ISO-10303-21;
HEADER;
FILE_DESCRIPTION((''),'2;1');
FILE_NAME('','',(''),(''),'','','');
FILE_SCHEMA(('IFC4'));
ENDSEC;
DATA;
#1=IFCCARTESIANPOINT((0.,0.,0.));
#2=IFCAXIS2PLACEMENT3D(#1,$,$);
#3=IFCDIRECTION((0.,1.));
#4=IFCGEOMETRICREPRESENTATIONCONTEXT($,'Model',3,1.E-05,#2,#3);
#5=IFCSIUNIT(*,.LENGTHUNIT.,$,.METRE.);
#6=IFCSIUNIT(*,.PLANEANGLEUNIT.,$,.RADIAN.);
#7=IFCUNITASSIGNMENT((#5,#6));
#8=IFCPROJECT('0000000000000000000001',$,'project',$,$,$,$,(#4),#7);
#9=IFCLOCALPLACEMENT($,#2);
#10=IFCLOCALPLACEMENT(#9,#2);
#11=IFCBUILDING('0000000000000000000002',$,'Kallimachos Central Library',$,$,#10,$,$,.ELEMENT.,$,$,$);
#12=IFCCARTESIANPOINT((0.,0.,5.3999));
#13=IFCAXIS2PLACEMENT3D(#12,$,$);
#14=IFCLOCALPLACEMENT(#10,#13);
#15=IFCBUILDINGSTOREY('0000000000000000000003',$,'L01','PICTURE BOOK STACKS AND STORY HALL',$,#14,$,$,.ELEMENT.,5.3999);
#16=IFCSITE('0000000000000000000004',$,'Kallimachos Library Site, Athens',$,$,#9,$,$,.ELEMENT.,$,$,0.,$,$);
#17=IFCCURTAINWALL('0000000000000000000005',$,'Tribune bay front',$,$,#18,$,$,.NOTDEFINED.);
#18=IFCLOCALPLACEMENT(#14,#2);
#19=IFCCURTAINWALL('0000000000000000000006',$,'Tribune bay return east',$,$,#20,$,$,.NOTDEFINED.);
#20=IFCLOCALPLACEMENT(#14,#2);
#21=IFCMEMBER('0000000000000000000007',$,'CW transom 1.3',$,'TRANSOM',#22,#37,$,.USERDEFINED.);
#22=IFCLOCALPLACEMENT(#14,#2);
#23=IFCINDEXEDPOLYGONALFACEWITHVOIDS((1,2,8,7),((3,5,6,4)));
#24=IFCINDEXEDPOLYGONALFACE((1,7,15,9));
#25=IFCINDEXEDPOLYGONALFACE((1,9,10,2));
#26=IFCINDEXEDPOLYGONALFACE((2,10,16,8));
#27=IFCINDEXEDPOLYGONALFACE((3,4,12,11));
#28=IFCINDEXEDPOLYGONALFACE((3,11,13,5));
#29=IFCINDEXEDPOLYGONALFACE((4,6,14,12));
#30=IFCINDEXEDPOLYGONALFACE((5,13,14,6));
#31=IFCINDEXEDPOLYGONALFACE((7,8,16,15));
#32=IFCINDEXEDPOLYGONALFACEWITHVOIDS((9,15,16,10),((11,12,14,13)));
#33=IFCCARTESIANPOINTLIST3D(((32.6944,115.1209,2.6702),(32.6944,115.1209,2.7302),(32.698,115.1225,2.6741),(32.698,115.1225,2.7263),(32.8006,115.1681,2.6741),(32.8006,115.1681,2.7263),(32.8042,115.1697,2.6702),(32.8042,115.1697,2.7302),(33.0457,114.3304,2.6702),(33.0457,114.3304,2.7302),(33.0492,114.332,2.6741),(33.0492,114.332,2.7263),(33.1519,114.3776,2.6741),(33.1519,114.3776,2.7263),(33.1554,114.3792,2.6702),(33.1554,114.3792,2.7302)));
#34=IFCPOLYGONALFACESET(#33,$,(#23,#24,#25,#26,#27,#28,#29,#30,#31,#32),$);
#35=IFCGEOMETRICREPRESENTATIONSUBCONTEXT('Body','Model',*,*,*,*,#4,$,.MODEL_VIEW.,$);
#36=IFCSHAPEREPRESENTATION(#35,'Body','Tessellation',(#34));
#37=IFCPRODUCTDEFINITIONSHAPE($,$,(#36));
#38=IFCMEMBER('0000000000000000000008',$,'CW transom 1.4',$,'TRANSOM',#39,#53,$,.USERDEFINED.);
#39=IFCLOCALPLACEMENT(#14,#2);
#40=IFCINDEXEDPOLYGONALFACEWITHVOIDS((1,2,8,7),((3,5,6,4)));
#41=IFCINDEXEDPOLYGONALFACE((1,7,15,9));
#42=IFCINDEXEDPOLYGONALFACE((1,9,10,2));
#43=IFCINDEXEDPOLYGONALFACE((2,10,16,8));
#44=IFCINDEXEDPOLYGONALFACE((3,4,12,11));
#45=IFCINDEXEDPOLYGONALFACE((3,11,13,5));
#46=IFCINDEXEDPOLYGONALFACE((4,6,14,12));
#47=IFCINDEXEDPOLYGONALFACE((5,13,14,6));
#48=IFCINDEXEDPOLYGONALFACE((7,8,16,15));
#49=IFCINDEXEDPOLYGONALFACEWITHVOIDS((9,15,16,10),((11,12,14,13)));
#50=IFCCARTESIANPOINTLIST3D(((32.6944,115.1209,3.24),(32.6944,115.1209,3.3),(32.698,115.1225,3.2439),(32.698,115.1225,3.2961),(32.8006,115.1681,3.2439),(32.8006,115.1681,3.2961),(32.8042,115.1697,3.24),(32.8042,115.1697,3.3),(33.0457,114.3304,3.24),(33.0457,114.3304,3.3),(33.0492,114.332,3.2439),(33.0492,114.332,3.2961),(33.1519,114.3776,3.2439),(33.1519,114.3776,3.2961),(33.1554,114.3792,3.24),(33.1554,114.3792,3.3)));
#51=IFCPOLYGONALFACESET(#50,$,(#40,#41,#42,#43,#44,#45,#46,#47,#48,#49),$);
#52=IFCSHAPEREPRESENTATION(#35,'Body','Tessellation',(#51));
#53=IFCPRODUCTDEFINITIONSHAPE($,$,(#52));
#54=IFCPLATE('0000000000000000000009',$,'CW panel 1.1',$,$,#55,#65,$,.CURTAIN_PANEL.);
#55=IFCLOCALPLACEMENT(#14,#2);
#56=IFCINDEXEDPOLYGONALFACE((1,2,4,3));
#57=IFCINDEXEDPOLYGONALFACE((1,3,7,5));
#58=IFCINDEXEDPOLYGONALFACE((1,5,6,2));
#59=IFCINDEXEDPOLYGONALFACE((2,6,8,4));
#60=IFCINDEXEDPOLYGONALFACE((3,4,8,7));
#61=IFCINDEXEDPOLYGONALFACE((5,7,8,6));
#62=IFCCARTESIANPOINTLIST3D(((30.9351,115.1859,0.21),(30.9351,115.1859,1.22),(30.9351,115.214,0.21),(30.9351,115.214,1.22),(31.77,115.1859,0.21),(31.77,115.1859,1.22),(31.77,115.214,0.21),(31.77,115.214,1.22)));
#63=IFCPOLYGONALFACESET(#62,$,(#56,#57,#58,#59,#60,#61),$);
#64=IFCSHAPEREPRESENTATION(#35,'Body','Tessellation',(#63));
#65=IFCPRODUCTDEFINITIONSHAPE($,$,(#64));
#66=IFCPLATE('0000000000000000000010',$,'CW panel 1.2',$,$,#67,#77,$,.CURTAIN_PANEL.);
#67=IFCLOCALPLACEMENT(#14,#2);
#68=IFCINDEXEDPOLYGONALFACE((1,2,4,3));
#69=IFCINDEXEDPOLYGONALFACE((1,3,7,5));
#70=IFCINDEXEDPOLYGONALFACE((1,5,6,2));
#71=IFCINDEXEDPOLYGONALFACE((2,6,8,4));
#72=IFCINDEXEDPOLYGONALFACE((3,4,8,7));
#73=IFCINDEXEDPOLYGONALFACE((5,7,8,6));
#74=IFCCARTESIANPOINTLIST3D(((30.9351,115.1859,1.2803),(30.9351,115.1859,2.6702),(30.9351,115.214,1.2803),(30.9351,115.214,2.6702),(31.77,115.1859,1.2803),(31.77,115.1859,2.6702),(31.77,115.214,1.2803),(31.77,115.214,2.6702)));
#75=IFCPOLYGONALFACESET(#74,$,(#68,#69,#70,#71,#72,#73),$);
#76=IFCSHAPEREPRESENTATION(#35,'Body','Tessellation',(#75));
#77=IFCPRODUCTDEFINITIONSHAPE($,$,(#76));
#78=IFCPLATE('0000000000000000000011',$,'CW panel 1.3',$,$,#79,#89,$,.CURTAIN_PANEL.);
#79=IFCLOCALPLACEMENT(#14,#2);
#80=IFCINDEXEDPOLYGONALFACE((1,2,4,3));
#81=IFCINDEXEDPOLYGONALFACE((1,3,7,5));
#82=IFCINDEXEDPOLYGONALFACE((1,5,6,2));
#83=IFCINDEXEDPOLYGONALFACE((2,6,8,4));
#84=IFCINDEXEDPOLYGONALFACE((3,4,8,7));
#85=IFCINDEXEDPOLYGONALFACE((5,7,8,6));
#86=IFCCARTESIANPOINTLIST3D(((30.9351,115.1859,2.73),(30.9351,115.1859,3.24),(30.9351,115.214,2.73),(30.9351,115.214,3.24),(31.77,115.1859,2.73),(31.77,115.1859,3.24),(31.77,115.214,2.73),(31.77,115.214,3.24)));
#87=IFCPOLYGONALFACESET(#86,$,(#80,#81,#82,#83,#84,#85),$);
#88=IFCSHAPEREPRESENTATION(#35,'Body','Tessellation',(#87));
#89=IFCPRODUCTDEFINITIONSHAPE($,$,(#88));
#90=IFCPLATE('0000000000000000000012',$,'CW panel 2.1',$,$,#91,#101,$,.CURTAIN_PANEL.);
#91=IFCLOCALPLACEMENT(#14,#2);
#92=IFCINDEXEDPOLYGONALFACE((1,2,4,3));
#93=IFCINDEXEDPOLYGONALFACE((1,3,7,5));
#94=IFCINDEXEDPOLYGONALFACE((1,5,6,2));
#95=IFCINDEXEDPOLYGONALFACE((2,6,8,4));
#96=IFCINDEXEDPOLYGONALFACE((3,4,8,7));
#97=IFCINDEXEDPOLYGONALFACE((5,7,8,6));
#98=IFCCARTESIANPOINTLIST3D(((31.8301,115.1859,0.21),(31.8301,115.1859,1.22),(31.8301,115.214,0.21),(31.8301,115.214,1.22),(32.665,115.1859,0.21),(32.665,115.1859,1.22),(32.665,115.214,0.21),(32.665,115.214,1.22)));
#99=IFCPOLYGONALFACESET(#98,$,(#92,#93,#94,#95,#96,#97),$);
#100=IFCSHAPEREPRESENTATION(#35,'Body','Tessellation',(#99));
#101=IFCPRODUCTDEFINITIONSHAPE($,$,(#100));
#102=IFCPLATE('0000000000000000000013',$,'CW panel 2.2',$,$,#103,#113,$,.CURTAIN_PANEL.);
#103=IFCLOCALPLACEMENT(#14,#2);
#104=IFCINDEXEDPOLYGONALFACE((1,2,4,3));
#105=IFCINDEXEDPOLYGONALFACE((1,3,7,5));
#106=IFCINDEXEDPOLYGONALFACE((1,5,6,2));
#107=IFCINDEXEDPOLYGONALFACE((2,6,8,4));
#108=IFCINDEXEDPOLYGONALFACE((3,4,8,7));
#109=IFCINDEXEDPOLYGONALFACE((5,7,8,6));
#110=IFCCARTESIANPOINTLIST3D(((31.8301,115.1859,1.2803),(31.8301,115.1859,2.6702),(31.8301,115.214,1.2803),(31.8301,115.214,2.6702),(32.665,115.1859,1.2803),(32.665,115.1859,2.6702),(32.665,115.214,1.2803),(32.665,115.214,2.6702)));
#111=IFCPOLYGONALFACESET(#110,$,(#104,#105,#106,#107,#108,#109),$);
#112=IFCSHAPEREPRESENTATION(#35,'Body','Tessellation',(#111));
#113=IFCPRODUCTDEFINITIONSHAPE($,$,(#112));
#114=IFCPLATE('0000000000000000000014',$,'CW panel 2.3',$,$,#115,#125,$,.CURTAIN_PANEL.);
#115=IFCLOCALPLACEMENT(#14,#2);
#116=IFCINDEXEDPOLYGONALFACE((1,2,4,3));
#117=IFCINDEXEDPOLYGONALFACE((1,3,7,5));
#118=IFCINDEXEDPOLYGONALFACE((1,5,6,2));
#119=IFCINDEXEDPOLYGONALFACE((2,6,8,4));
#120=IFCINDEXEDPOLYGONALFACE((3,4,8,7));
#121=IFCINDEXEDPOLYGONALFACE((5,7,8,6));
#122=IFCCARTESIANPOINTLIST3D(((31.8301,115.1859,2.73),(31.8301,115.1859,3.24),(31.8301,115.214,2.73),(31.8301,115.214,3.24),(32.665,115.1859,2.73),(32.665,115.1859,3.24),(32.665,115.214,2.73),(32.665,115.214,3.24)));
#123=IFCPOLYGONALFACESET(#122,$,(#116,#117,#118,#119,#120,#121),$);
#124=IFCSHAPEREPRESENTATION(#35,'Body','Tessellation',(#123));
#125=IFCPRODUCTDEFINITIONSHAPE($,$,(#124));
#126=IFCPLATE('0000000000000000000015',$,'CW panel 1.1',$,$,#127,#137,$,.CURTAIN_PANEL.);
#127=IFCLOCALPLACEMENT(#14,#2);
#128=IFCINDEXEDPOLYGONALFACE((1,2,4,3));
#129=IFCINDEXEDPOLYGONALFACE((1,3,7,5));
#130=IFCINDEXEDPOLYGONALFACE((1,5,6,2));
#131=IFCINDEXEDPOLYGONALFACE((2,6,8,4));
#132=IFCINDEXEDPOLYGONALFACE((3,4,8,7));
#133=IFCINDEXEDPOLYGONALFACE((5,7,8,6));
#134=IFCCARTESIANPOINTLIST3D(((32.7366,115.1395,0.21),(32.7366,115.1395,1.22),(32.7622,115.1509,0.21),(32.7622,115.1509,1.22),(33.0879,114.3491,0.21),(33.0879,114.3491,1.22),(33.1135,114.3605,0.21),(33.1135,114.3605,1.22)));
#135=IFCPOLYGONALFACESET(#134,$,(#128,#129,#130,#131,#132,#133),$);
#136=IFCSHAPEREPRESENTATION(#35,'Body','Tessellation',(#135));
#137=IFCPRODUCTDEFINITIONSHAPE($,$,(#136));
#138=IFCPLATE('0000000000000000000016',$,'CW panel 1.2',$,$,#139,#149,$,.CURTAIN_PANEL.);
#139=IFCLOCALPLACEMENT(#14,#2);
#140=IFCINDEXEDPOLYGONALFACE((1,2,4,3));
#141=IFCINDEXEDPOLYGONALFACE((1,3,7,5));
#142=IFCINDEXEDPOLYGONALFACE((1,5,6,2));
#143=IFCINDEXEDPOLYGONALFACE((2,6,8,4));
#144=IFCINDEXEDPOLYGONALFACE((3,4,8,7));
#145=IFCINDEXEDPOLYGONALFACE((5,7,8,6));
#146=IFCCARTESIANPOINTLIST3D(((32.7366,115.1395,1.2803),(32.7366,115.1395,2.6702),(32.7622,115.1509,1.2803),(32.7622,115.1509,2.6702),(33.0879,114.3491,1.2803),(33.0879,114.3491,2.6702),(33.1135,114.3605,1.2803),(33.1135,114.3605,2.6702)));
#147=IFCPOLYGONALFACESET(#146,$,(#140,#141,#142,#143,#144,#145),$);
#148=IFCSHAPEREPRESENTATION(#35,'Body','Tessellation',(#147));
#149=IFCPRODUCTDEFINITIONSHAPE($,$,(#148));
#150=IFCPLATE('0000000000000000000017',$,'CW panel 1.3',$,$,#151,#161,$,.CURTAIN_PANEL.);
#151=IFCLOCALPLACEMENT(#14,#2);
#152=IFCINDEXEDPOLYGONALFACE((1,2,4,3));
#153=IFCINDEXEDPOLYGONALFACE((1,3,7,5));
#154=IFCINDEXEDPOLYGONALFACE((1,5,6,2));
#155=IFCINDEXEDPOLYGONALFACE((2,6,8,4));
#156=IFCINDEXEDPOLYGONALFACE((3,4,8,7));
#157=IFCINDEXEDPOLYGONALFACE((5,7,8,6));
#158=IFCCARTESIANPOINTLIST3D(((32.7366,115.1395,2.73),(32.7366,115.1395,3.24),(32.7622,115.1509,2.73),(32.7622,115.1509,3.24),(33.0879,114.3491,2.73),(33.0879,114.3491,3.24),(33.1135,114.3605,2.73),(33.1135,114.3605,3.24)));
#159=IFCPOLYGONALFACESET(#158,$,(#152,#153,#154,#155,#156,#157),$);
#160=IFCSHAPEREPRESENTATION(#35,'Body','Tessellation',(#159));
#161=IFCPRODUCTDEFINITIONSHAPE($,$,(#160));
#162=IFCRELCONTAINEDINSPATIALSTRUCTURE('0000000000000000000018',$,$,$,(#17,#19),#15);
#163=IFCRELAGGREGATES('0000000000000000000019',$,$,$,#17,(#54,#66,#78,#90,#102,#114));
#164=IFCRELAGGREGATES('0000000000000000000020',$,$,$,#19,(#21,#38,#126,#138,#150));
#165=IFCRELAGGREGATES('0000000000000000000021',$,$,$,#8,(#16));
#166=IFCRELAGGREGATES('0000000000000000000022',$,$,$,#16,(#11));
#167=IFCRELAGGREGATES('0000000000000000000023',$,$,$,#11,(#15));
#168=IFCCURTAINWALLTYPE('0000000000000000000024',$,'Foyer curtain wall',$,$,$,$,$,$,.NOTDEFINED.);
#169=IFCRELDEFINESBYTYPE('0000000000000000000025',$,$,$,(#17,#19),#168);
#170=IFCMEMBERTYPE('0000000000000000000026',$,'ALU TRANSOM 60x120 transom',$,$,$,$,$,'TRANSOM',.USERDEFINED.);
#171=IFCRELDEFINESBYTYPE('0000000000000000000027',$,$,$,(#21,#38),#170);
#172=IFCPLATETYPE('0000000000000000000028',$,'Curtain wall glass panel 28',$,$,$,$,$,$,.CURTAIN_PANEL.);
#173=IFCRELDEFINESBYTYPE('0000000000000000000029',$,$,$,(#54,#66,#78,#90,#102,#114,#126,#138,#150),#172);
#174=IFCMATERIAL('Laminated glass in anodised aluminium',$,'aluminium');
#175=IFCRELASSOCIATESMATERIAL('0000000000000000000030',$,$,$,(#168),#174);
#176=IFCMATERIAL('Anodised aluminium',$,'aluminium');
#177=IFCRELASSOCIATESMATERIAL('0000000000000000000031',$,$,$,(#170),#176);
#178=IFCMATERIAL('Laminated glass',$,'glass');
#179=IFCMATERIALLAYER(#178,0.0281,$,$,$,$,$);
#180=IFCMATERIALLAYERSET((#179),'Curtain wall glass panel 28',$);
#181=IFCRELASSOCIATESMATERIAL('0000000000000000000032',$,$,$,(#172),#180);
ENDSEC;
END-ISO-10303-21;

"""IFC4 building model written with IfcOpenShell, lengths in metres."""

from ifc_helpers import new_model, si_unit, direction, frame, origin, origin_2d, place, context, subcontext, project, spatial, rectangle, hollow_rectangle, extrude, material, layer, layer_set, material_profile, profile_set, type_object, element, aggregate, save


model = new_model("IFC4")

# Units and contexts
model_context = context("Model", 3, precision=1e-05, world=origin(), true_north=direction((0.0, 1.0)))
body_context = subcontext(model_context, "Body", "Model", "MODEL_VIEW")
ifc_project = project(units=[si_unit("LENGTHUNIT", "METRE"), si_unit("PLANEANGLEUNIT", "RADIAN")], contexts=[model_context])

# Site, building, storey
site_placement = place(None, origin())
site = spatial("IfcSite", under=ifc_project, at=site_placement, Name="Kallimachos Library Site, Athens", CompositionType="ELEMENT", RefElevation=0.0)
building_placement = place(site_placement, origin())
building = spatial("IfcBuilding", under=site, at=building_placement, Name="Kallimachos Central Library", CompositionType="ELEMENT")
storey_placement = place(building_placement, frame((0.0, 0.0, 5.3999)))
storey = spatial("IfcBuildingStorey", under=building, at=storey_placement, Name="L01", Description="PICTURE BOOK STACKS AND STORY HALL", CompositionType="ELEMENT", Elevation=5.3999)

# Curtain wall
ifc_material_1 = material(Name="Laminated glass in anodised aluminium", Category="aluminium")
curtain_wall_type = type_object("IfcCurtainWallType", Name="Foyer curtain wall", PredefinedType="NOTDEFINED", material=ifc_material_1)
curtain_wall_1_placement = place(storey_placement, origin())
curtain_wall_1 = element("IfcCurtainWall", 1, at=curtain_wall_1_placement, inside=storey, type_object=curtain_wall_type, Name="Tribune bay front", PredefinedType="NOTDEFINED")

# Curtain wall
curtain_wall_2_placement = place(storey_placement, origin())
curtain_wall_2 = element("IfcCurtainWall", 2, at=curtain_wall_2_placement, inside=storey, type_object=curtain_wall_type, Name="Tribune bay return east", PredefinedType="NOTDEFINED")

# Members
ifc_material_2 = material(Name="Anodised aluminium", Category="aluminium")
ifc_material_profile_1 = material_profile(ifc_material_2, hollow_rectangle(XDim=0.0601, YDim=0.1201, WallThickness=0.0039, at=origin_2d()), Name="ALU TRANSOM 60x120")
ifc_profile_set_1 = profile_set([ifc_material_profile_1], Name="Anodised aluminium")
member_type_1 = type_object("IfcMemberType", Name="ALU TRANSOM 60x120 transom", ElementType="TRANSOM", PredefinedType="USERDEFINED", material=ifc_profile_set_1)
member_1_placement = place(storey_placement, frame((32.7493, 115.1453, 2.7002), z_axis=(0.406112, -0.913823, 0.0), x_axis=(0.0, 0.0, 1.0)))
member_1 = element("IfcMember", 3, at=member_1_placement, type_object=member_type_1, Name="CW transom 1.3", ObjectType="TRANSOM", PredefinedType="USERDEFINED", context=body_context, shape_type="SweptSolid", body=[
    extrude(hollow_rectangle(XDim=0.0601, YDim=0.1201, WallThickness=0.0039, at=origin_2d()), origin(), (0.0, 0.0, 1.0), 0.865),
])
member_2_placement = place(storey_placement, frame((32.7493, 115.1453, 3.27), z_axis=(0.406112, -0.913823, 0.0), x_axis=(0.0, 0.0, 1.0)))
member_2 = element("IfcMember", 4, at=member_2_placement, type_object=member_type_1, Name="CW transom 1.4", ObjectType="TRANSOM", PredefinedType="USERDEFINED", context=body_context, shape_type="SweptSolid", body=[
    extrude(hollow_rectangle(XDim=0.0601, YDim=0.1201, WallThickness=0.0039, at=origin_2d()), origin(), (0.0, 0.0, 1.0), 0.865),
])

# Plates
ifc_material_3 = material(Name="Laminated glass", Category="glass")
ifc_layer = layer(ifc_material_3, 0.0281)
ifc_layer_set = layer_set([ifc_layer], Name="Curtain wall glass panel 28")
plate_type = type_object("IfcPlateType", Name="Curtain wall glass panel 28", PredefinedType="CURTAIN_PANEL", material=ifc_layer_set)
plate_1_placement = place(storey_placement, frame((31.3525, 115.2, 0.21), z_axis=(0.0, 0.0, 1.0), x_axis=(1.0, 0.0, 0.0)))
plate_1 = element("IfcPlate", 5, at=plate_1_placement, type_object=plate_type, Name="CW panel 1.1", PredefinedType="CURTAIN_PANEL", context=body_context, shape_type="SweptSolid", body=[
    extrude(rectangle(XDim=0.835, YDim=0.0281, at=origin_2d()), origin(), (0.0, 0.0, 1.0), 1.01),
])
plate_2_placement = place(storey_placement, frame((31.3525, 115.2, 1.2803), z_axis=(0.0, 0.0, 1.0), x_axis=(1.0, 0.0, 0.0)))
plate_2 = element("IfcPlate", 6, at=plate_2_placement, type_object=plate_type, Name="CW panel 1.2", PredefinedType="CURTAIN_PANEL", context=body_context, shape_type="SweptSolid", body=[
    extrude(rectangle(XDim=0.835, YDim=0.0281, at=origin_2d()), origin(), (0.0, 0.0, 1.0), 1.3899),
])
plate_3_placement = place(storey_placement, frame((31.3525, 115.2, 2.73), z_axis=(0.0, 0.0, 1.0), x_axis=(1.0, 0.0, 0.0)))
plate_3 = element("IfcPlate", 7, at=plate_3_placement, type_object=plate_type, Name="CW panel 1.3", PredefinedType="CURTAIN_PANEL", context=body_context, shape_type="SweptSolid", body=[
    extrude(rectangle(XDim=0.835, YDim=0.0281, at=origin_2d()), origin(), (0.0, 0.0, 1.0), 0.51),
])
plate_4_placement = place(storey_placement, frame((32.2476, 115.2, 0.21), z_axis=(0.0, 0.0, 1.0), x_axis=(1.0, 0.0, 0.0)))
plate_4 = element("IfcPlate", 8, at=plate_4_placement, type_object=plate_type, Name="CW panel 2.1", PredefinedType="CURTAIN_PANEL", context=body_context, shape_type="SweptSolid", body=[
    extrude(rectangle(XDim=0.835, YDim=0.0281, at=origin_2d()), origin(), (0.0, 0.0, 1.0), 1.01),
])
plate_5_placement = place(storey_placement, frame((32.2476, 115.2, 1.2803), z_axis=(0.0, 0.0, 1.0), x_axis=(1.0, 0.0, 0.0)))
plate_5 = element("IfcPlate", 9, at=plate_5_placement, type_object=plate_type, Name="CW panel 2.2", PredefinedType="CURTAIN_PANEL", context=body_context, shape_type="SweptSolid", body=[
    extrude(rectangle(XDim=0.835, YDim=0.0281, at=origin_2d()), origin(), (0.0, 0.0, 1.0), 1.3899),
])
plate_6_placement = place(storey_placement, frame((32.2476, 115.2, 2.73), z_axis=(0.0, 0.0, 1.0), x_axis=(1.0, 0.0, 0.0)))
plate_6 = element("IfcPlate", 10, at=plate_6_placement, type_object=plate_type, Name="CW panel 2.3", PredefinedType="CURTAIN_PANEL", context=body_context, shape_type="SweptSolid", body=[
    extrude(rectangle(XDim=0.835, YDim=0.0281, at=origin_2d()), origin(), (0.0, 0.0, 1.0), 0.51),
])
aggregate(curtain_wall_1, [plate_1, plate_2, plate_3, plate_4, plate_5, plate_6])
plate_7_placement = place(storey_placement, frame((32.925, 114.75, 0.21), z_axis=(0.0, 0.0, 1.0), x_axis=(0.406138, -0.913812, 0.0)))
plate_7 = element("IfcPlate", 11, at=plate_7_placement, type_object=plate_type, Name="CW panel 1.1", PredefinedType="CURTAIN_PANEL", context=body_context, shape_type="SweptSolid", body=[
    extrude(rectangle(XDim=0.865, YDim=0.0281, at=origin_2d()), origin(), (0.0, 0.0, 1.0), 1.01),
])
plate_8_placement = place(storey_placement, frame((32.925, 114.75, 1.2803), z_axis=(0.0, 0.0, 1.0), x_axis=(0.406138, -0.913812, 0.0)))
plate_8 = element("IfcPlate", 12, at=plate_8_placement, type_object=plate_type, Name="CW panel 1.2", PredefinedType="CURTAIN_PANEL", context=body_context, shape_type="SweptSolid", body=[
    extrude(rectangle(XDim=0.865, YDim=0.0281, at=origin_2d()), origin(), (0.0, 0.0, 1.0), 1.3899),
])
plate_9_placement = place(storey_placement, frame((32.925, 114.75, 2.73), z_axis=(0.0, 0.0, 1.0), x_axis=(0.406138, -0.913812, 0.0)))
plate_9 = element("IfcPlate", 13, at=plate_9_placement, type_object=plate_type, Name="CW panel 1.3", PredefinedType="CURTAIN_PANEL", context=body_context, shape_type="SweptSolid", body=[
    extrude(rectangle(XDim=0.865, YDim=0.0281, at=origin_2d()), origin(), (0.0, 0.0, 1.0), 0.51),
])
aggregate(curtain_wall_2, [member_1, member_2, plate_7, plate_8, plate_9])

save(model, "model.ifc")
